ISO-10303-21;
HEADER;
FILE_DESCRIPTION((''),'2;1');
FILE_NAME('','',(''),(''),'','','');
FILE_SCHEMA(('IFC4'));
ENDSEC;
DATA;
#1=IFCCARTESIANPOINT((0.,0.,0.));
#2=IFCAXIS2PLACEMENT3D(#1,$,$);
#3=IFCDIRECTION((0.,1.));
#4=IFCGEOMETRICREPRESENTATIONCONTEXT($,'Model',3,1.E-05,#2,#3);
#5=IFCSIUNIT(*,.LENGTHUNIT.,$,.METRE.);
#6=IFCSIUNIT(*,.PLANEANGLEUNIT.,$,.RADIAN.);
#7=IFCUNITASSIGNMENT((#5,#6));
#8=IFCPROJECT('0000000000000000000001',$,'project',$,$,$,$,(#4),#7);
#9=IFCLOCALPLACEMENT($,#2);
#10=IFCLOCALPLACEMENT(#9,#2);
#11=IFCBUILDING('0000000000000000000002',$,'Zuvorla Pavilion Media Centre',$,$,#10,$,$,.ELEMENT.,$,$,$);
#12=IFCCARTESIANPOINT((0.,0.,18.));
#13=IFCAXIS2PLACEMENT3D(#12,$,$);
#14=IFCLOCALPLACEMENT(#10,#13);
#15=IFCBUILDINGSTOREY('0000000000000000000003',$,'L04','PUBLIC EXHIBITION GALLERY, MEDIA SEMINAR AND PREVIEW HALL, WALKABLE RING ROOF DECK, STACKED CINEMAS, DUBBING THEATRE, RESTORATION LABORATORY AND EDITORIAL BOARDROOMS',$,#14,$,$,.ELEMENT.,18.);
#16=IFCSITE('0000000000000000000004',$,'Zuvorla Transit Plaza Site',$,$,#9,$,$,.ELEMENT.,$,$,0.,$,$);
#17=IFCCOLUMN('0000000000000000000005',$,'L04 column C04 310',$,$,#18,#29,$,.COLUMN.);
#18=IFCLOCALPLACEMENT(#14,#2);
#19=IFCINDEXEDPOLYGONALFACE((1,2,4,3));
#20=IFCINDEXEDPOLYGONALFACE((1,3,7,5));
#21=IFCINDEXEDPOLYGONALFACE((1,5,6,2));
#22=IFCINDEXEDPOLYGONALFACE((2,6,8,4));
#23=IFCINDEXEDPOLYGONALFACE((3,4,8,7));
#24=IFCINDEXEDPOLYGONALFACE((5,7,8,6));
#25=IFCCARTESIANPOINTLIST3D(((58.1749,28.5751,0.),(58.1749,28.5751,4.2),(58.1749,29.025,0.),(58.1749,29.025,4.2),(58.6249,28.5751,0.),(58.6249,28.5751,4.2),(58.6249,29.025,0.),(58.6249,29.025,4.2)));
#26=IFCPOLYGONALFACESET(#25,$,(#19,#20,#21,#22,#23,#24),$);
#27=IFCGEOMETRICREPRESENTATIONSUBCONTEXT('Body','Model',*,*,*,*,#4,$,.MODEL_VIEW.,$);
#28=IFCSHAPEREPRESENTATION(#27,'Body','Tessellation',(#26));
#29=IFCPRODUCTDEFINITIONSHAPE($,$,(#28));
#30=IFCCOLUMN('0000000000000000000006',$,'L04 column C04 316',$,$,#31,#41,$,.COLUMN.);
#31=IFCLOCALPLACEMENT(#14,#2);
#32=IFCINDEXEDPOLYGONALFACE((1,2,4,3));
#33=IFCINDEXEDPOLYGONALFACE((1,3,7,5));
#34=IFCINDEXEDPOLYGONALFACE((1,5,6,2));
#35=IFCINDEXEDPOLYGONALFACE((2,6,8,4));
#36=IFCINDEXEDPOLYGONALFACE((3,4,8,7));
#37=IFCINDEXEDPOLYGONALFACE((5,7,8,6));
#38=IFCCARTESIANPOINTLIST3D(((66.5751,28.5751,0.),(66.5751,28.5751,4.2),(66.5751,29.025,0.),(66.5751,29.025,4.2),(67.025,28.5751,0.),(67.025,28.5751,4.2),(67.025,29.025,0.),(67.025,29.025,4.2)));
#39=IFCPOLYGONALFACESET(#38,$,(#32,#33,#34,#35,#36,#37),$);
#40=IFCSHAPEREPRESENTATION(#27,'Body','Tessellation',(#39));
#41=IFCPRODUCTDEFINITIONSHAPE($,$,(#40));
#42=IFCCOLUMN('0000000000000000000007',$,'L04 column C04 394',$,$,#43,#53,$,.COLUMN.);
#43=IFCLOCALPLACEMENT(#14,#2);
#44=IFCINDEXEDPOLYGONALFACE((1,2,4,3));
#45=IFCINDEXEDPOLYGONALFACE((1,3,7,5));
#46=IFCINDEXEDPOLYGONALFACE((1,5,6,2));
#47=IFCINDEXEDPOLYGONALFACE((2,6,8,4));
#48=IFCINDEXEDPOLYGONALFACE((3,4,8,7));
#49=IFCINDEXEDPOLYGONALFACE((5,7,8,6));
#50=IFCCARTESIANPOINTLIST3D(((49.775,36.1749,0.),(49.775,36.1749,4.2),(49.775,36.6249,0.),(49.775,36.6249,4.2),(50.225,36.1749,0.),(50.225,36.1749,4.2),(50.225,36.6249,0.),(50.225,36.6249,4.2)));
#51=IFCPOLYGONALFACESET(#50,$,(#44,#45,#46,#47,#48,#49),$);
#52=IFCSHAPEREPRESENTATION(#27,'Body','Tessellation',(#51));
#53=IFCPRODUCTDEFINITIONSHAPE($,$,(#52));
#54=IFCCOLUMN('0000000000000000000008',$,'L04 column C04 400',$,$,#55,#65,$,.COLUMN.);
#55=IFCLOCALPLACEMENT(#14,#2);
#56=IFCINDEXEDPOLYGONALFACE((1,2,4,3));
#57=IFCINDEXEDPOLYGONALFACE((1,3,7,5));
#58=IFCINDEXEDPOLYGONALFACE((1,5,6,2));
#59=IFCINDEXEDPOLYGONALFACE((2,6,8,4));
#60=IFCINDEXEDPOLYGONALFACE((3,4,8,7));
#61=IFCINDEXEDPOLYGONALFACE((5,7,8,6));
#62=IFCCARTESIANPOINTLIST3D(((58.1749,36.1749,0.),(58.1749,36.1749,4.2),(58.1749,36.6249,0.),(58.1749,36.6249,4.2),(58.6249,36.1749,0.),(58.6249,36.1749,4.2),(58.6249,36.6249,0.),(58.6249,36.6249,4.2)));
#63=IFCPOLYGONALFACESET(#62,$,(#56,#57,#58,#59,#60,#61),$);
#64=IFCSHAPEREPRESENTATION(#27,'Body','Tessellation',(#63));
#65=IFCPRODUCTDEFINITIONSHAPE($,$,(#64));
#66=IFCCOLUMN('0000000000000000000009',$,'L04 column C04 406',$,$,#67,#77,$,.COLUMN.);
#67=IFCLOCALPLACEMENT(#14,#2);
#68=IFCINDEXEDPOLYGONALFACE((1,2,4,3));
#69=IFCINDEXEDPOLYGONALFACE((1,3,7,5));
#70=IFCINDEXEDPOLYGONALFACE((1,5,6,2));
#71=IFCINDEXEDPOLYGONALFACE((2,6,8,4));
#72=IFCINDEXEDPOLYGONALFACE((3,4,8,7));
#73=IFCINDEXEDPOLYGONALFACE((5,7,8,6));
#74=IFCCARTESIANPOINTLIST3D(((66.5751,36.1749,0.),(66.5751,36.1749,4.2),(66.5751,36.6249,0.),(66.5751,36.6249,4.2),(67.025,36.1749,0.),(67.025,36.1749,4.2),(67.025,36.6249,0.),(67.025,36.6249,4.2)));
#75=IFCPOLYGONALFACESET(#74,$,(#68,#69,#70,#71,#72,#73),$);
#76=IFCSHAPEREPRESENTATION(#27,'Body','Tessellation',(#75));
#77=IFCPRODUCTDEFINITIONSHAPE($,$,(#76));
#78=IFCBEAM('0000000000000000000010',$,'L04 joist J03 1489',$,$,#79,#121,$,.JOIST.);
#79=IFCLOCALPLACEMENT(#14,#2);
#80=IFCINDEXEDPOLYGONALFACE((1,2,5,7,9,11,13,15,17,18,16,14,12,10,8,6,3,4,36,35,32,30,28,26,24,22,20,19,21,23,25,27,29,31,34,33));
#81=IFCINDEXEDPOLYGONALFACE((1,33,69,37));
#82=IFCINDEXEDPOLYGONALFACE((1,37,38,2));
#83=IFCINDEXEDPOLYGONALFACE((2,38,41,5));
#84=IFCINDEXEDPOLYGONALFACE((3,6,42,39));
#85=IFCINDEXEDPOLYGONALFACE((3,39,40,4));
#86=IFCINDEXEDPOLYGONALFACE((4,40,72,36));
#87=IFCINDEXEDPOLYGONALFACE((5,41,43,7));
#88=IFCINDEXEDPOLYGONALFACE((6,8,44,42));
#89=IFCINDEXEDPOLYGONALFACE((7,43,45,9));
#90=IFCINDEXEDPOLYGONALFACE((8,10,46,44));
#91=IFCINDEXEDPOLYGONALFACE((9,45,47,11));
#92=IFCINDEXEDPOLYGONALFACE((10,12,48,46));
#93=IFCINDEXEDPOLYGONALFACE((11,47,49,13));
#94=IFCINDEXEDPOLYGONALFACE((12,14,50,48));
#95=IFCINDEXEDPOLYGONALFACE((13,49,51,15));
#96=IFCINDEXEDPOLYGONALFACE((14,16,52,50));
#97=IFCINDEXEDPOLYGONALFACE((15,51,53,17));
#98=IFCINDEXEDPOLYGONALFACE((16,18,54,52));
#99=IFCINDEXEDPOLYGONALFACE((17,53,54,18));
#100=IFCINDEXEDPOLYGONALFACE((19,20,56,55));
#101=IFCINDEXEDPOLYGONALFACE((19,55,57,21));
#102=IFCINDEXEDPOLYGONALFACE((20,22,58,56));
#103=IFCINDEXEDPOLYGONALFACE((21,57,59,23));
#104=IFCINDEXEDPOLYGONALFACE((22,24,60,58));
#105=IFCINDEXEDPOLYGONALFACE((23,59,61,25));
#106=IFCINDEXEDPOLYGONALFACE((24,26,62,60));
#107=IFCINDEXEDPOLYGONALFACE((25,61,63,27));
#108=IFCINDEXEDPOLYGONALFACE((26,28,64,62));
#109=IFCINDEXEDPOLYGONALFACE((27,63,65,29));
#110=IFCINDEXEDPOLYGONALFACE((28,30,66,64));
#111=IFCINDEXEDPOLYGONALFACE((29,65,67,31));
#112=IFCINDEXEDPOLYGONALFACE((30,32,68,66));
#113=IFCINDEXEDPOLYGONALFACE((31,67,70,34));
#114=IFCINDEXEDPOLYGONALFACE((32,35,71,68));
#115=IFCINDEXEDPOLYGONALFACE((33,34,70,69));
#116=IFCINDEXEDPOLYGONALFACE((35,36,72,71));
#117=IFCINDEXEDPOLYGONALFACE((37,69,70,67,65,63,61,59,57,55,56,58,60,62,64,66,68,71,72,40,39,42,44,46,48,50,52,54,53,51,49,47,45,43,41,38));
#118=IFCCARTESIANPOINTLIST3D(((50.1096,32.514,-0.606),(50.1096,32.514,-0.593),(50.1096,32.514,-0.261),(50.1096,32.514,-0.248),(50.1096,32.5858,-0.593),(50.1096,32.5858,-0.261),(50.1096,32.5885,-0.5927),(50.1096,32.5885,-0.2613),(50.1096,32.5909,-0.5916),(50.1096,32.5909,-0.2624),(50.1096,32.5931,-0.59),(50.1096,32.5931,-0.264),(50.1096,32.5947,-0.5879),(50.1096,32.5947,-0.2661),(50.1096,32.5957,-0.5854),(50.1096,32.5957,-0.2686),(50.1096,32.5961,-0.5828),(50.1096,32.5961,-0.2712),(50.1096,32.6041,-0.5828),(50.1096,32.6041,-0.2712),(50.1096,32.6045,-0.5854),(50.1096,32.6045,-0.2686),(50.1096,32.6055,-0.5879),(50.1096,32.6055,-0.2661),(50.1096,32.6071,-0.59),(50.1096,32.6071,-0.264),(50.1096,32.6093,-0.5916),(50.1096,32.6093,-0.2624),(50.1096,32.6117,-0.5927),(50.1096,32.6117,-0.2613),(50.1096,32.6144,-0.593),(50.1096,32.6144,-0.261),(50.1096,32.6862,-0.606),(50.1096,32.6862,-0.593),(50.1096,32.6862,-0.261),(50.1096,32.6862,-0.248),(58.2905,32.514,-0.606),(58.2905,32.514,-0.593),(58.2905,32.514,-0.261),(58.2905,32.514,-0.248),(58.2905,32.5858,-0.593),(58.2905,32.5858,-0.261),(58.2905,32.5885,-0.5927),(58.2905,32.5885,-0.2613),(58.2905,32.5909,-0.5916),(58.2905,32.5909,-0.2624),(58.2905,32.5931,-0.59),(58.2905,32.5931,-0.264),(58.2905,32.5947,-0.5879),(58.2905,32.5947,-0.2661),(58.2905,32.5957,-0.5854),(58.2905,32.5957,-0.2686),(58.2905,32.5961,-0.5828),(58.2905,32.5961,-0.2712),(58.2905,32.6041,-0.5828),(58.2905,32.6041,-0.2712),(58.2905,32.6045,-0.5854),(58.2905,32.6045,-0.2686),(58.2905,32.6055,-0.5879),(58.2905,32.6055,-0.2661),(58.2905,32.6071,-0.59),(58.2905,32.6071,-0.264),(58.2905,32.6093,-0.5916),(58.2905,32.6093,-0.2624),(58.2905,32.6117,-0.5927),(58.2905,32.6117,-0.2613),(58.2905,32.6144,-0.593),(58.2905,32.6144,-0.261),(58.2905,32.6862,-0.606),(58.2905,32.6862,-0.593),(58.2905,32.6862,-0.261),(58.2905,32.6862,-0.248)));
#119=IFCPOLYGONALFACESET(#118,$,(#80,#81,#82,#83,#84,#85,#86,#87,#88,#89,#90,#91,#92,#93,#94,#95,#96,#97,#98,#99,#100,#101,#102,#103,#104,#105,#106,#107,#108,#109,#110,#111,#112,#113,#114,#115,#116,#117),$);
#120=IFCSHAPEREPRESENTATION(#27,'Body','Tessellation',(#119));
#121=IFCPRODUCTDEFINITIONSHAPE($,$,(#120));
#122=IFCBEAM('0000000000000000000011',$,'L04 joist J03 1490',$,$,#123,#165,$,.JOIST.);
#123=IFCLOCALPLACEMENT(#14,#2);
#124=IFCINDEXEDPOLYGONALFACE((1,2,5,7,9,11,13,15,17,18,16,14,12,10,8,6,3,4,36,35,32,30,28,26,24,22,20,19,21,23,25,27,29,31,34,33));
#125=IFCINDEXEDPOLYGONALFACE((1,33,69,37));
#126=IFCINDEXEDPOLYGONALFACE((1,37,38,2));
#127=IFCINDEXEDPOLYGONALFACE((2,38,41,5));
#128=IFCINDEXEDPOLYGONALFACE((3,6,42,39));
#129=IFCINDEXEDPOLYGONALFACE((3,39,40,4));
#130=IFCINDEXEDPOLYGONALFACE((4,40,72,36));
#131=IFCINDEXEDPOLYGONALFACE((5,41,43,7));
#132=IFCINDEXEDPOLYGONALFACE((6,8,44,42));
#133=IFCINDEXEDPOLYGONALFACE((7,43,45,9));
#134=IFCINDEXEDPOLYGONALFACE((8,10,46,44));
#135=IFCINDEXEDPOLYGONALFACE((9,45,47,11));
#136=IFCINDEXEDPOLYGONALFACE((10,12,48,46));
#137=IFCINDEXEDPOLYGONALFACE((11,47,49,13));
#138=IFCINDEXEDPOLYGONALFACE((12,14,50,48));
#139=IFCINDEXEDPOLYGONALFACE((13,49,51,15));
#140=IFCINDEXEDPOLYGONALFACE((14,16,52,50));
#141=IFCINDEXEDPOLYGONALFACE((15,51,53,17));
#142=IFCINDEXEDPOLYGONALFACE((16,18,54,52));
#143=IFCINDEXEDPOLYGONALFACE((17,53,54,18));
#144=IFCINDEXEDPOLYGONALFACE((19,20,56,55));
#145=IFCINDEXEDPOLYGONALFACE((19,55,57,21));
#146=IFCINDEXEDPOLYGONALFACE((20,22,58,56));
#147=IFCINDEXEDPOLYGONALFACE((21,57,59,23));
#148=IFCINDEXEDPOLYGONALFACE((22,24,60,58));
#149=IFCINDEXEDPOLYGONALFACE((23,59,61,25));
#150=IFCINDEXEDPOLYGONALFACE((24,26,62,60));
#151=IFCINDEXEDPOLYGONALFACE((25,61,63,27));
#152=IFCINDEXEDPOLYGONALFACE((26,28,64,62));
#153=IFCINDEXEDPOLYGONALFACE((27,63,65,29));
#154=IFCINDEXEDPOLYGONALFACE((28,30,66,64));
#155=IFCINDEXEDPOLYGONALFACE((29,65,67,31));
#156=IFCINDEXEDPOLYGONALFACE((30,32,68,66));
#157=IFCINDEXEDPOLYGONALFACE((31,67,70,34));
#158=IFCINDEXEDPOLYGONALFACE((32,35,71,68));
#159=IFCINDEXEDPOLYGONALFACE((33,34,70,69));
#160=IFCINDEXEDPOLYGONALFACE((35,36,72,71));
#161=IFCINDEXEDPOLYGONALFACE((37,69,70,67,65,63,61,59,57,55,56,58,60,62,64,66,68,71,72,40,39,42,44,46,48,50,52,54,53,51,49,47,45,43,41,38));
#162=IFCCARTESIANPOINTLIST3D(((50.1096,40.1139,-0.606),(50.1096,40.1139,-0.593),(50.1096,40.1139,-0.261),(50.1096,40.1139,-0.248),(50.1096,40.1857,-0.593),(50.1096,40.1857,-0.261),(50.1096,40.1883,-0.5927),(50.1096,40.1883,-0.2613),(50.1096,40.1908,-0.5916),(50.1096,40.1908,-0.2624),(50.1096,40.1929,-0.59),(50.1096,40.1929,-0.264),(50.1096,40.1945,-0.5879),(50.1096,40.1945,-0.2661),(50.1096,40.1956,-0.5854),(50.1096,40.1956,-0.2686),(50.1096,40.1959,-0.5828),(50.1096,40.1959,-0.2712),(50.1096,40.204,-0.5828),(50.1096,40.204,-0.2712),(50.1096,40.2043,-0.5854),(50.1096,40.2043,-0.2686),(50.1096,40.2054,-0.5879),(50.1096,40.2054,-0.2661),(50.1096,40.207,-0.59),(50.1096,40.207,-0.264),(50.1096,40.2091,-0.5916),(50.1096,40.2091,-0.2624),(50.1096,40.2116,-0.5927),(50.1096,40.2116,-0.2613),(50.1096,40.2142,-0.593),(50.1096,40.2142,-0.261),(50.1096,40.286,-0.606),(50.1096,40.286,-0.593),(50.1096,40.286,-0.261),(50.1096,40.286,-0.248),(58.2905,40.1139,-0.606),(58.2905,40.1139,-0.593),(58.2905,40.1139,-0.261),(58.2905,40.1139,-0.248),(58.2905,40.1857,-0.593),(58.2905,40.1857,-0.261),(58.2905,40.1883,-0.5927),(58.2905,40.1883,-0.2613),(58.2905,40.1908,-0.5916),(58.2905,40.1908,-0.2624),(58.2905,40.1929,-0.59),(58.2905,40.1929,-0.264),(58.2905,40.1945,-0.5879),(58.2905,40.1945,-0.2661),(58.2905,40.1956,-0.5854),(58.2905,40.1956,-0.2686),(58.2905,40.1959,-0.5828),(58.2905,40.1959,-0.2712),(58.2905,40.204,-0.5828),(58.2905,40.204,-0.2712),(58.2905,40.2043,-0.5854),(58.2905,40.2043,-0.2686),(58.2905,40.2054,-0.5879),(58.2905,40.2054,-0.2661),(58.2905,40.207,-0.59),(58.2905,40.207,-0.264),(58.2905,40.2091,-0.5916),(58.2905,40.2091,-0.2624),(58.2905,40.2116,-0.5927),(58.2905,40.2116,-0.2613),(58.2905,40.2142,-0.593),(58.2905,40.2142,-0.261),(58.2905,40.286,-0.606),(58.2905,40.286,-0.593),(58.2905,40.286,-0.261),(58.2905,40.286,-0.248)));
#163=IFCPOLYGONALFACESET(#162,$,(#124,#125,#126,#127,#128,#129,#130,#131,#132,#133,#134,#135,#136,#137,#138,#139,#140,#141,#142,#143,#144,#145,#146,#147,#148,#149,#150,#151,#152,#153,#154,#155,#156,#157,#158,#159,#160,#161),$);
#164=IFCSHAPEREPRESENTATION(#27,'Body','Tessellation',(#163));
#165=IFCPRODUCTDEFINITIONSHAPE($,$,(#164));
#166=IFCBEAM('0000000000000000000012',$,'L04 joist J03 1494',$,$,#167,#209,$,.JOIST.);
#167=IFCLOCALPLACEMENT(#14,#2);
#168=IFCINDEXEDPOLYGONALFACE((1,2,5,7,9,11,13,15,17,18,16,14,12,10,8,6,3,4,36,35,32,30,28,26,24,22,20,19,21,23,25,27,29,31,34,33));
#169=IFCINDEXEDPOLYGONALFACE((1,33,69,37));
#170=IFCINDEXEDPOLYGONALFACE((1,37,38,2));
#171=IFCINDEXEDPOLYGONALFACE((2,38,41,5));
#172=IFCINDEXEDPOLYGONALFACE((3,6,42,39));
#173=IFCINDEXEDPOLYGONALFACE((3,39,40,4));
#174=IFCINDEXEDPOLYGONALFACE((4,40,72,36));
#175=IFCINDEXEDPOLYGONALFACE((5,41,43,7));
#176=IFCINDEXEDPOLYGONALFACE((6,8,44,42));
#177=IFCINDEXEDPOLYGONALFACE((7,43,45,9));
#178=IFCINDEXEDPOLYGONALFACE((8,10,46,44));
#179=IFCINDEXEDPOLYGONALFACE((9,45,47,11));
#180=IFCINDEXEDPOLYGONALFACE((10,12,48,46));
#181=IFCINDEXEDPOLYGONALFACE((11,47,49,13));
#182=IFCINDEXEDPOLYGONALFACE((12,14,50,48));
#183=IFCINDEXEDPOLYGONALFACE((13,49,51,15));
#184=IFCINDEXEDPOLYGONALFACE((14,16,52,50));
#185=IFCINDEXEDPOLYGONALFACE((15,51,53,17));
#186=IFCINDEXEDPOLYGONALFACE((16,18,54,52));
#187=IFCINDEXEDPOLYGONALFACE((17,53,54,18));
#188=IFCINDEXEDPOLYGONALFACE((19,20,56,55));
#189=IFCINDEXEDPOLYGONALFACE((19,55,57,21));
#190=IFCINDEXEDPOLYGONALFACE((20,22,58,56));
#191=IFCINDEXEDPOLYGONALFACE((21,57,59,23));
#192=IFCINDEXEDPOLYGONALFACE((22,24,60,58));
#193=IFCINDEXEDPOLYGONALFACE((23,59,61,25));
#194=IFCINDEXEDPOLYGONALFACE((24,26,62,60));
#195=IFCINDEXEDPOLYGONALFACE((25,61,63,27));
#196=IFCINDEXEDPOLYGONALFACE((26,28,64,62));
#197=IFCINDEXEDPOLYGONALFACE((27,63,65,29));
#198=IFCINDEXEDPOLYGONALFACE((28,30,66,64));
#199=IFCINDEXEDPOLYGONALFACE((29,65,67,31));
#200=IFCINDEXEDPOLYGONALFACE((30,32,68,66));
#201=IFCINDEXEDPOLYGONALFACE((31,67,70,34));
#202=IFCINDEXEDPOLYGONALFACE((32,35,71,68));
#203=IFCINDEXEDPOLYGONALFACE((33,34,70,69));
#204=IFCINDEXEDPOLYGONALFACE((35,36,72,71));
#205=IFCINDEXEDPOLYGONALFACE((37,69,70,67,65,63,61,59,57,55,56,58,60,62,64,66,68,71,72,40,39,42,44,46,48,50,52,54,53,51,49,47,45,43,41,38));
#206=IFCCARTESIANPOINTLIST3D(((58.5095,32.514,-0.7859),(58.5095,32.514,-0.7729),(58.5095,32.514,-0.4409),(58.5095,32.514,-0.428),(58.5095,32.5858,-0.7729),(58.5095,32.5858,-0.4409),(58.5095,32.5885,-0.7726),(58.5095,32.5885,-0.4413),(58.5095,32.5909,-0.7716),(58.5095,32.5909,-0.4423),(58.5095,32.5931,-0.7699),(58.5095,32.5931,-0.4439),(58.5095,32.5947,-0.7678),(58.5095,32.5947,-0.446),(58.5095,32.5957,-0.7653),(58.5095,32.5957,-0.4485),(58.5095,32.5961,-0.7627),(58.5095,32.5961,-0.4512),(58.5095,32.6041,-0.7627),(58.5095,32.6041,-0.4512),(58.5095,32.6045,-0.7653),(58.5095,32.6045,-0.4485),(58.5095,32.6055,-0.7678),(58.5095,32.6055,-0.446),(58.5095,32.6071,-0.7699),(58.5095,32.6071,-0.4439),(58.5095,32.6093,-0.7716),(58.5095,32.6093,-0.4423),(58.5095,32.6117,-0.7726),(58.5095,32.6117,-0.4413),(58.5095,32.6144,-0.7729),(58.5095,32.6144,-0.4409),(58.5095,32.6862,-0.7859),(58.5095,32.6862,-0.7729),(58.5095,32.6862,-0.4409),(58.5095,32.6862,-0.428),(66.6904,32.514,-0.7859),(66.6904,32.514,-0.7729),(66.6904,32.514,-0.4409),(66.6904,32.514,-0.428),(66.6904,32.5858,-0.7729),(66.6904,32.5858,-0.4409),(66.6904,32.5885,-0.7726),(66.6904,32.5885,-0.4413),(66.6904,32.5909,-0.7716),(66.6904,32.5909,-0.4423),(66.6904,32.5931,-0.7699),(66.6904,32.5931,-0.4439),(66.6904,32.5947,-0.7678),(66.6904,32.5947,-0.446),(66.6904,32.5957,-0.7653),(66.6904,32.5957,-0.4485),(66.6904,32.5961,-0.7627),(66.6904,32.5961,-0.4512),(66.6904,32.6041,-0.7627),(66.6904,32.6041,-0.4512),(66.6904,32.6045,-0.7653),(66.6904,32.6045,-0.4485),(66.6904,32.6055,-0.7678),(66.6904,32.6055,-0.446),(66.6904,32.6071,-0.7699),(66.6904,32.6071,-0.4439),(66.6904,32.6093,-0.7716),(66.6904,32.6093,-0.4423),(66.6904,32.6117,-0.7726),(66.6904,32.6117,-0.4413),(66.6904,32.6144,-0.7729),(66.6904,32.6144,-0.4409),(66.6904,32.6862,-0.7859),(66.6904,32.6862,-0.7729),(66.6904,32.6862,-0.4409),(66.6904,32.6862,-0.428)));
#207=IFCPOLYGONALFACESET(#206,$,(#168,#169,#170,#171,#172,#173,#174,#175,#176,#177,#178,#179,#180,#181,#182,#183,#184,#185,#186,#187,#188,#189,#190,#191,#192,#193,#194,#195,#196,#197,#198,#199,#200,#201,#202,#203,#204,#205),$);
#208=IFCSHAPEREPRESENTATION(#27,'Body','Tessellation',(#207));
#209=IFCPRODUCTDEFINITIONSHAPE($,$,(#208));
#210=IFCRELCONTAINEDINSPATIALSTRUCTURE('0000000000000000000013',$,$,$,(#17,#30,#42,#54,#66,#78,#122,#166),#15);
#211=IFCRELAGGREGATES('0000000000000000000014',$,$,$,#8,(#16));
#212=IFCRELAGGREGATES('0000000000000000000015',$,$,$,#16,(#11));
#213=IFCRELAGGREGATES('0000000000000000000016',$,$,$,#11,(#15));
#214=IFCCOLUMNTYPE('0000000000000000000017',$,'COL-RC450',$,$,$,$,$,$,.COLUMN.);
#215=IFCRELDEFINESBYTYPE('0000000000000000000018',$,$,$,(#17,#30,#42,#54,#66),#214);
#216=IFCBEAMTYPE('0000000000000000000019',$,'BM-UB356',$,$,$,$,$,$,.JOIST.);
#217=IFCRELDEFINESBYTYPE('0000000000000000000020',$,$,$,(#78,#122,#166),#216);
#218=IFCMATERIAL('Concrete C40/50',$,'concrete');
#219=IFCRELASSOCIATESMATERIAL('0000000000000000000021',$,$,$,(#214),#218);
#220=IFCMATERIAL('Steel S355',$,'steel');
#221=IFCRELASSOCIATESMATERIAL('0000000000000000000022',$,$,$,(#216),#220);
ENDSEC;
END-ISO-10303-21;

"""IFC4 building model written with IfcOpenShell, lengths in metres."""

from ifc_helpers import new_model, si_unit, direction, frame, origin, origin_2d, place, context, subcontext, project, spatial, rectangle, i_section, extrude, material, material_profile, profile_set, type_object, element, save


model = new_model("IFC4")

# Units and contexts
model_context = context("Model", 3, precision=1e-05, world=origin(), true_north=direction((0.0, 1.0)))
body_context = subcontext(model_context, "Body", "Model", "MODEL_VIEW")
ifc_project = project(units=[si_unit("LENGTHUNIT", "METRE"), si_unit("PLANEANGLEUNIT", "RADIAN")], contexts=[model_context])

# Site, building, storey
site_placement = place(None, origin())
site = spatial("IfcSite", under=ifc_project, at=site_placement, Name="Zuvorla Transit Plaza Site", CompositionType="ELEMENT", RefElevation=0.0)
building_placement = place(site_placement, origin())
building = spatial("IfcBuilding", under=site, at=building_placement, Name="Zuvorla Pavilion Media Centre", CompositionType="ELEMENT")
storey_placement = place(building_placement, frame((0.0, 0.0, 18.0)))
storey = spatial("IfcBuildingStorey", under=building, at=storey_placement, Name="L04", Description="PUBLIC EXHIBITION GALLERY, MEDIA SEMINAR AND PREVIEW HALL, WALKABLE RING ROOF DECK, STACKED CINEMAS, DUBBING THEATRE, RESTORATION LABORATORY AND EDITORIAL BOARDROOMS", CompositionType="ELEMENT", Elevation=18.0)

# Columns
ifc_material_1 = material(Name="Concrete C40/50", Category="concrete")
ifc_material_profile_1 = material_profile(ifc_material_1, rectangle(XDim=0.45, YDim=0.45, at=origin_2d()), Name="RC 450x450")
ifc_profile_set_1 = profile_set([ifc_material_profile_1], Name="Concrete C40/50")
column_type = type_object("IfcColumnType", Name="COL-RC450", PredefinedType="COLUMN", material=ifc_profile_set_1)
for number, where, z_axis, x_axis, name in (
    (1, (58.3999, 28.8, 0.0), (0.0, 0.0, 1.0), (1.0, 0.0, 0.0), "L04 column C04 310"),
    (2, (66.8, 28.8, 0.0), (0.0, 0.0, 1.0), (1.0, 0.0, 0.0), "L04 column C04 316"),
    (3, (50.0, 36.3999, 0.0), (0.0, 0.0, 1.0), (1.0, 0.0, 0.0), "L04 column C04 394"),
    (4, (58.3999, 36.3999, 0.0), (0.0, 0.0, 1.0), (1.0, 0.0, 0.0), "L04 column C04 400"),
    (5, (66.8, 36.3999, 0.0), (0.0, 0.0, 1.0), (1.0, 0.0, 0.0), "L04 column C04 406"),
):
    element("IfcColumn", number, at=place(storey_placement, frame(where, z_axis=z_axis, x_axis=x_axis)), inside=storey, type_object=column_type, Name=name, PredefinedType="COLUMN", context=body_context, shape_type="SweptSolid", body=[
        extrude(rectangle(XDim=0.45, YDim=0.45, at=origin_2d()), origin(), (0.0, 0.0, 1.0), 4.2),
    ])

# Beams
ifc_material_2 = material(Name="Steel S355", Category="steel")
ifc_material_profile_2 = material_profile(ifc_material_2, i_section(OverallWidth=0.1721, OverallDepth=0.3579, WebThickness=0.0081, FlangeThickness=0.0129, FilletRadius=0.0103, at=origin_2d()), Name="UB 356x171x57")
ifc_profile_set_2 = profile_set([ifc_material_profile_2], Name="Steel S355")
beam_type_1 = type_object("IfcBeamType", Name="BM-UB356", PredefinedType="JOIST", material=ifc_profile_set_2)
for number, where, z_axis, x_axis, name in (
    (6, (50.1096, 32.6001, -0.427), (1.0, 0.0, 0.0), (0.0, 1.0, 0.0), "L04 joist J03 1489"),
    (7, (50.1096, 40.2, -0.427), (1.0, 0.0, 0.0), (0.0, 1.0, 0.0), "L04 joist J03 1490"),
    (8, (58.5095, 32.6001, -0.6069), (1.0, 0.0, 0.0), (0.0, 1.0, 0.0), "L04 joist J03 1494"),
):
    element("IfcBeam", number, at=place(storey_placement, frame(where, z_axis=z_axis, x_axis=x_axis)), inside=storey, type_object=beam_type_1, Name=name, PredefinedType="JOIST", context=body_context, shape_type="SweptSolid", body=[
        extrude(i_section(OverallWidth=0.1721, OverallDepth=0.3579, WebThickness=0.0081, FlangeThickness=0.0129, FilletRadius=0.0103, at=origin_2d()), origin(), (0.0, 0.0, 1.0), 8.1809),
    ])

save(model, "model.ifc")
